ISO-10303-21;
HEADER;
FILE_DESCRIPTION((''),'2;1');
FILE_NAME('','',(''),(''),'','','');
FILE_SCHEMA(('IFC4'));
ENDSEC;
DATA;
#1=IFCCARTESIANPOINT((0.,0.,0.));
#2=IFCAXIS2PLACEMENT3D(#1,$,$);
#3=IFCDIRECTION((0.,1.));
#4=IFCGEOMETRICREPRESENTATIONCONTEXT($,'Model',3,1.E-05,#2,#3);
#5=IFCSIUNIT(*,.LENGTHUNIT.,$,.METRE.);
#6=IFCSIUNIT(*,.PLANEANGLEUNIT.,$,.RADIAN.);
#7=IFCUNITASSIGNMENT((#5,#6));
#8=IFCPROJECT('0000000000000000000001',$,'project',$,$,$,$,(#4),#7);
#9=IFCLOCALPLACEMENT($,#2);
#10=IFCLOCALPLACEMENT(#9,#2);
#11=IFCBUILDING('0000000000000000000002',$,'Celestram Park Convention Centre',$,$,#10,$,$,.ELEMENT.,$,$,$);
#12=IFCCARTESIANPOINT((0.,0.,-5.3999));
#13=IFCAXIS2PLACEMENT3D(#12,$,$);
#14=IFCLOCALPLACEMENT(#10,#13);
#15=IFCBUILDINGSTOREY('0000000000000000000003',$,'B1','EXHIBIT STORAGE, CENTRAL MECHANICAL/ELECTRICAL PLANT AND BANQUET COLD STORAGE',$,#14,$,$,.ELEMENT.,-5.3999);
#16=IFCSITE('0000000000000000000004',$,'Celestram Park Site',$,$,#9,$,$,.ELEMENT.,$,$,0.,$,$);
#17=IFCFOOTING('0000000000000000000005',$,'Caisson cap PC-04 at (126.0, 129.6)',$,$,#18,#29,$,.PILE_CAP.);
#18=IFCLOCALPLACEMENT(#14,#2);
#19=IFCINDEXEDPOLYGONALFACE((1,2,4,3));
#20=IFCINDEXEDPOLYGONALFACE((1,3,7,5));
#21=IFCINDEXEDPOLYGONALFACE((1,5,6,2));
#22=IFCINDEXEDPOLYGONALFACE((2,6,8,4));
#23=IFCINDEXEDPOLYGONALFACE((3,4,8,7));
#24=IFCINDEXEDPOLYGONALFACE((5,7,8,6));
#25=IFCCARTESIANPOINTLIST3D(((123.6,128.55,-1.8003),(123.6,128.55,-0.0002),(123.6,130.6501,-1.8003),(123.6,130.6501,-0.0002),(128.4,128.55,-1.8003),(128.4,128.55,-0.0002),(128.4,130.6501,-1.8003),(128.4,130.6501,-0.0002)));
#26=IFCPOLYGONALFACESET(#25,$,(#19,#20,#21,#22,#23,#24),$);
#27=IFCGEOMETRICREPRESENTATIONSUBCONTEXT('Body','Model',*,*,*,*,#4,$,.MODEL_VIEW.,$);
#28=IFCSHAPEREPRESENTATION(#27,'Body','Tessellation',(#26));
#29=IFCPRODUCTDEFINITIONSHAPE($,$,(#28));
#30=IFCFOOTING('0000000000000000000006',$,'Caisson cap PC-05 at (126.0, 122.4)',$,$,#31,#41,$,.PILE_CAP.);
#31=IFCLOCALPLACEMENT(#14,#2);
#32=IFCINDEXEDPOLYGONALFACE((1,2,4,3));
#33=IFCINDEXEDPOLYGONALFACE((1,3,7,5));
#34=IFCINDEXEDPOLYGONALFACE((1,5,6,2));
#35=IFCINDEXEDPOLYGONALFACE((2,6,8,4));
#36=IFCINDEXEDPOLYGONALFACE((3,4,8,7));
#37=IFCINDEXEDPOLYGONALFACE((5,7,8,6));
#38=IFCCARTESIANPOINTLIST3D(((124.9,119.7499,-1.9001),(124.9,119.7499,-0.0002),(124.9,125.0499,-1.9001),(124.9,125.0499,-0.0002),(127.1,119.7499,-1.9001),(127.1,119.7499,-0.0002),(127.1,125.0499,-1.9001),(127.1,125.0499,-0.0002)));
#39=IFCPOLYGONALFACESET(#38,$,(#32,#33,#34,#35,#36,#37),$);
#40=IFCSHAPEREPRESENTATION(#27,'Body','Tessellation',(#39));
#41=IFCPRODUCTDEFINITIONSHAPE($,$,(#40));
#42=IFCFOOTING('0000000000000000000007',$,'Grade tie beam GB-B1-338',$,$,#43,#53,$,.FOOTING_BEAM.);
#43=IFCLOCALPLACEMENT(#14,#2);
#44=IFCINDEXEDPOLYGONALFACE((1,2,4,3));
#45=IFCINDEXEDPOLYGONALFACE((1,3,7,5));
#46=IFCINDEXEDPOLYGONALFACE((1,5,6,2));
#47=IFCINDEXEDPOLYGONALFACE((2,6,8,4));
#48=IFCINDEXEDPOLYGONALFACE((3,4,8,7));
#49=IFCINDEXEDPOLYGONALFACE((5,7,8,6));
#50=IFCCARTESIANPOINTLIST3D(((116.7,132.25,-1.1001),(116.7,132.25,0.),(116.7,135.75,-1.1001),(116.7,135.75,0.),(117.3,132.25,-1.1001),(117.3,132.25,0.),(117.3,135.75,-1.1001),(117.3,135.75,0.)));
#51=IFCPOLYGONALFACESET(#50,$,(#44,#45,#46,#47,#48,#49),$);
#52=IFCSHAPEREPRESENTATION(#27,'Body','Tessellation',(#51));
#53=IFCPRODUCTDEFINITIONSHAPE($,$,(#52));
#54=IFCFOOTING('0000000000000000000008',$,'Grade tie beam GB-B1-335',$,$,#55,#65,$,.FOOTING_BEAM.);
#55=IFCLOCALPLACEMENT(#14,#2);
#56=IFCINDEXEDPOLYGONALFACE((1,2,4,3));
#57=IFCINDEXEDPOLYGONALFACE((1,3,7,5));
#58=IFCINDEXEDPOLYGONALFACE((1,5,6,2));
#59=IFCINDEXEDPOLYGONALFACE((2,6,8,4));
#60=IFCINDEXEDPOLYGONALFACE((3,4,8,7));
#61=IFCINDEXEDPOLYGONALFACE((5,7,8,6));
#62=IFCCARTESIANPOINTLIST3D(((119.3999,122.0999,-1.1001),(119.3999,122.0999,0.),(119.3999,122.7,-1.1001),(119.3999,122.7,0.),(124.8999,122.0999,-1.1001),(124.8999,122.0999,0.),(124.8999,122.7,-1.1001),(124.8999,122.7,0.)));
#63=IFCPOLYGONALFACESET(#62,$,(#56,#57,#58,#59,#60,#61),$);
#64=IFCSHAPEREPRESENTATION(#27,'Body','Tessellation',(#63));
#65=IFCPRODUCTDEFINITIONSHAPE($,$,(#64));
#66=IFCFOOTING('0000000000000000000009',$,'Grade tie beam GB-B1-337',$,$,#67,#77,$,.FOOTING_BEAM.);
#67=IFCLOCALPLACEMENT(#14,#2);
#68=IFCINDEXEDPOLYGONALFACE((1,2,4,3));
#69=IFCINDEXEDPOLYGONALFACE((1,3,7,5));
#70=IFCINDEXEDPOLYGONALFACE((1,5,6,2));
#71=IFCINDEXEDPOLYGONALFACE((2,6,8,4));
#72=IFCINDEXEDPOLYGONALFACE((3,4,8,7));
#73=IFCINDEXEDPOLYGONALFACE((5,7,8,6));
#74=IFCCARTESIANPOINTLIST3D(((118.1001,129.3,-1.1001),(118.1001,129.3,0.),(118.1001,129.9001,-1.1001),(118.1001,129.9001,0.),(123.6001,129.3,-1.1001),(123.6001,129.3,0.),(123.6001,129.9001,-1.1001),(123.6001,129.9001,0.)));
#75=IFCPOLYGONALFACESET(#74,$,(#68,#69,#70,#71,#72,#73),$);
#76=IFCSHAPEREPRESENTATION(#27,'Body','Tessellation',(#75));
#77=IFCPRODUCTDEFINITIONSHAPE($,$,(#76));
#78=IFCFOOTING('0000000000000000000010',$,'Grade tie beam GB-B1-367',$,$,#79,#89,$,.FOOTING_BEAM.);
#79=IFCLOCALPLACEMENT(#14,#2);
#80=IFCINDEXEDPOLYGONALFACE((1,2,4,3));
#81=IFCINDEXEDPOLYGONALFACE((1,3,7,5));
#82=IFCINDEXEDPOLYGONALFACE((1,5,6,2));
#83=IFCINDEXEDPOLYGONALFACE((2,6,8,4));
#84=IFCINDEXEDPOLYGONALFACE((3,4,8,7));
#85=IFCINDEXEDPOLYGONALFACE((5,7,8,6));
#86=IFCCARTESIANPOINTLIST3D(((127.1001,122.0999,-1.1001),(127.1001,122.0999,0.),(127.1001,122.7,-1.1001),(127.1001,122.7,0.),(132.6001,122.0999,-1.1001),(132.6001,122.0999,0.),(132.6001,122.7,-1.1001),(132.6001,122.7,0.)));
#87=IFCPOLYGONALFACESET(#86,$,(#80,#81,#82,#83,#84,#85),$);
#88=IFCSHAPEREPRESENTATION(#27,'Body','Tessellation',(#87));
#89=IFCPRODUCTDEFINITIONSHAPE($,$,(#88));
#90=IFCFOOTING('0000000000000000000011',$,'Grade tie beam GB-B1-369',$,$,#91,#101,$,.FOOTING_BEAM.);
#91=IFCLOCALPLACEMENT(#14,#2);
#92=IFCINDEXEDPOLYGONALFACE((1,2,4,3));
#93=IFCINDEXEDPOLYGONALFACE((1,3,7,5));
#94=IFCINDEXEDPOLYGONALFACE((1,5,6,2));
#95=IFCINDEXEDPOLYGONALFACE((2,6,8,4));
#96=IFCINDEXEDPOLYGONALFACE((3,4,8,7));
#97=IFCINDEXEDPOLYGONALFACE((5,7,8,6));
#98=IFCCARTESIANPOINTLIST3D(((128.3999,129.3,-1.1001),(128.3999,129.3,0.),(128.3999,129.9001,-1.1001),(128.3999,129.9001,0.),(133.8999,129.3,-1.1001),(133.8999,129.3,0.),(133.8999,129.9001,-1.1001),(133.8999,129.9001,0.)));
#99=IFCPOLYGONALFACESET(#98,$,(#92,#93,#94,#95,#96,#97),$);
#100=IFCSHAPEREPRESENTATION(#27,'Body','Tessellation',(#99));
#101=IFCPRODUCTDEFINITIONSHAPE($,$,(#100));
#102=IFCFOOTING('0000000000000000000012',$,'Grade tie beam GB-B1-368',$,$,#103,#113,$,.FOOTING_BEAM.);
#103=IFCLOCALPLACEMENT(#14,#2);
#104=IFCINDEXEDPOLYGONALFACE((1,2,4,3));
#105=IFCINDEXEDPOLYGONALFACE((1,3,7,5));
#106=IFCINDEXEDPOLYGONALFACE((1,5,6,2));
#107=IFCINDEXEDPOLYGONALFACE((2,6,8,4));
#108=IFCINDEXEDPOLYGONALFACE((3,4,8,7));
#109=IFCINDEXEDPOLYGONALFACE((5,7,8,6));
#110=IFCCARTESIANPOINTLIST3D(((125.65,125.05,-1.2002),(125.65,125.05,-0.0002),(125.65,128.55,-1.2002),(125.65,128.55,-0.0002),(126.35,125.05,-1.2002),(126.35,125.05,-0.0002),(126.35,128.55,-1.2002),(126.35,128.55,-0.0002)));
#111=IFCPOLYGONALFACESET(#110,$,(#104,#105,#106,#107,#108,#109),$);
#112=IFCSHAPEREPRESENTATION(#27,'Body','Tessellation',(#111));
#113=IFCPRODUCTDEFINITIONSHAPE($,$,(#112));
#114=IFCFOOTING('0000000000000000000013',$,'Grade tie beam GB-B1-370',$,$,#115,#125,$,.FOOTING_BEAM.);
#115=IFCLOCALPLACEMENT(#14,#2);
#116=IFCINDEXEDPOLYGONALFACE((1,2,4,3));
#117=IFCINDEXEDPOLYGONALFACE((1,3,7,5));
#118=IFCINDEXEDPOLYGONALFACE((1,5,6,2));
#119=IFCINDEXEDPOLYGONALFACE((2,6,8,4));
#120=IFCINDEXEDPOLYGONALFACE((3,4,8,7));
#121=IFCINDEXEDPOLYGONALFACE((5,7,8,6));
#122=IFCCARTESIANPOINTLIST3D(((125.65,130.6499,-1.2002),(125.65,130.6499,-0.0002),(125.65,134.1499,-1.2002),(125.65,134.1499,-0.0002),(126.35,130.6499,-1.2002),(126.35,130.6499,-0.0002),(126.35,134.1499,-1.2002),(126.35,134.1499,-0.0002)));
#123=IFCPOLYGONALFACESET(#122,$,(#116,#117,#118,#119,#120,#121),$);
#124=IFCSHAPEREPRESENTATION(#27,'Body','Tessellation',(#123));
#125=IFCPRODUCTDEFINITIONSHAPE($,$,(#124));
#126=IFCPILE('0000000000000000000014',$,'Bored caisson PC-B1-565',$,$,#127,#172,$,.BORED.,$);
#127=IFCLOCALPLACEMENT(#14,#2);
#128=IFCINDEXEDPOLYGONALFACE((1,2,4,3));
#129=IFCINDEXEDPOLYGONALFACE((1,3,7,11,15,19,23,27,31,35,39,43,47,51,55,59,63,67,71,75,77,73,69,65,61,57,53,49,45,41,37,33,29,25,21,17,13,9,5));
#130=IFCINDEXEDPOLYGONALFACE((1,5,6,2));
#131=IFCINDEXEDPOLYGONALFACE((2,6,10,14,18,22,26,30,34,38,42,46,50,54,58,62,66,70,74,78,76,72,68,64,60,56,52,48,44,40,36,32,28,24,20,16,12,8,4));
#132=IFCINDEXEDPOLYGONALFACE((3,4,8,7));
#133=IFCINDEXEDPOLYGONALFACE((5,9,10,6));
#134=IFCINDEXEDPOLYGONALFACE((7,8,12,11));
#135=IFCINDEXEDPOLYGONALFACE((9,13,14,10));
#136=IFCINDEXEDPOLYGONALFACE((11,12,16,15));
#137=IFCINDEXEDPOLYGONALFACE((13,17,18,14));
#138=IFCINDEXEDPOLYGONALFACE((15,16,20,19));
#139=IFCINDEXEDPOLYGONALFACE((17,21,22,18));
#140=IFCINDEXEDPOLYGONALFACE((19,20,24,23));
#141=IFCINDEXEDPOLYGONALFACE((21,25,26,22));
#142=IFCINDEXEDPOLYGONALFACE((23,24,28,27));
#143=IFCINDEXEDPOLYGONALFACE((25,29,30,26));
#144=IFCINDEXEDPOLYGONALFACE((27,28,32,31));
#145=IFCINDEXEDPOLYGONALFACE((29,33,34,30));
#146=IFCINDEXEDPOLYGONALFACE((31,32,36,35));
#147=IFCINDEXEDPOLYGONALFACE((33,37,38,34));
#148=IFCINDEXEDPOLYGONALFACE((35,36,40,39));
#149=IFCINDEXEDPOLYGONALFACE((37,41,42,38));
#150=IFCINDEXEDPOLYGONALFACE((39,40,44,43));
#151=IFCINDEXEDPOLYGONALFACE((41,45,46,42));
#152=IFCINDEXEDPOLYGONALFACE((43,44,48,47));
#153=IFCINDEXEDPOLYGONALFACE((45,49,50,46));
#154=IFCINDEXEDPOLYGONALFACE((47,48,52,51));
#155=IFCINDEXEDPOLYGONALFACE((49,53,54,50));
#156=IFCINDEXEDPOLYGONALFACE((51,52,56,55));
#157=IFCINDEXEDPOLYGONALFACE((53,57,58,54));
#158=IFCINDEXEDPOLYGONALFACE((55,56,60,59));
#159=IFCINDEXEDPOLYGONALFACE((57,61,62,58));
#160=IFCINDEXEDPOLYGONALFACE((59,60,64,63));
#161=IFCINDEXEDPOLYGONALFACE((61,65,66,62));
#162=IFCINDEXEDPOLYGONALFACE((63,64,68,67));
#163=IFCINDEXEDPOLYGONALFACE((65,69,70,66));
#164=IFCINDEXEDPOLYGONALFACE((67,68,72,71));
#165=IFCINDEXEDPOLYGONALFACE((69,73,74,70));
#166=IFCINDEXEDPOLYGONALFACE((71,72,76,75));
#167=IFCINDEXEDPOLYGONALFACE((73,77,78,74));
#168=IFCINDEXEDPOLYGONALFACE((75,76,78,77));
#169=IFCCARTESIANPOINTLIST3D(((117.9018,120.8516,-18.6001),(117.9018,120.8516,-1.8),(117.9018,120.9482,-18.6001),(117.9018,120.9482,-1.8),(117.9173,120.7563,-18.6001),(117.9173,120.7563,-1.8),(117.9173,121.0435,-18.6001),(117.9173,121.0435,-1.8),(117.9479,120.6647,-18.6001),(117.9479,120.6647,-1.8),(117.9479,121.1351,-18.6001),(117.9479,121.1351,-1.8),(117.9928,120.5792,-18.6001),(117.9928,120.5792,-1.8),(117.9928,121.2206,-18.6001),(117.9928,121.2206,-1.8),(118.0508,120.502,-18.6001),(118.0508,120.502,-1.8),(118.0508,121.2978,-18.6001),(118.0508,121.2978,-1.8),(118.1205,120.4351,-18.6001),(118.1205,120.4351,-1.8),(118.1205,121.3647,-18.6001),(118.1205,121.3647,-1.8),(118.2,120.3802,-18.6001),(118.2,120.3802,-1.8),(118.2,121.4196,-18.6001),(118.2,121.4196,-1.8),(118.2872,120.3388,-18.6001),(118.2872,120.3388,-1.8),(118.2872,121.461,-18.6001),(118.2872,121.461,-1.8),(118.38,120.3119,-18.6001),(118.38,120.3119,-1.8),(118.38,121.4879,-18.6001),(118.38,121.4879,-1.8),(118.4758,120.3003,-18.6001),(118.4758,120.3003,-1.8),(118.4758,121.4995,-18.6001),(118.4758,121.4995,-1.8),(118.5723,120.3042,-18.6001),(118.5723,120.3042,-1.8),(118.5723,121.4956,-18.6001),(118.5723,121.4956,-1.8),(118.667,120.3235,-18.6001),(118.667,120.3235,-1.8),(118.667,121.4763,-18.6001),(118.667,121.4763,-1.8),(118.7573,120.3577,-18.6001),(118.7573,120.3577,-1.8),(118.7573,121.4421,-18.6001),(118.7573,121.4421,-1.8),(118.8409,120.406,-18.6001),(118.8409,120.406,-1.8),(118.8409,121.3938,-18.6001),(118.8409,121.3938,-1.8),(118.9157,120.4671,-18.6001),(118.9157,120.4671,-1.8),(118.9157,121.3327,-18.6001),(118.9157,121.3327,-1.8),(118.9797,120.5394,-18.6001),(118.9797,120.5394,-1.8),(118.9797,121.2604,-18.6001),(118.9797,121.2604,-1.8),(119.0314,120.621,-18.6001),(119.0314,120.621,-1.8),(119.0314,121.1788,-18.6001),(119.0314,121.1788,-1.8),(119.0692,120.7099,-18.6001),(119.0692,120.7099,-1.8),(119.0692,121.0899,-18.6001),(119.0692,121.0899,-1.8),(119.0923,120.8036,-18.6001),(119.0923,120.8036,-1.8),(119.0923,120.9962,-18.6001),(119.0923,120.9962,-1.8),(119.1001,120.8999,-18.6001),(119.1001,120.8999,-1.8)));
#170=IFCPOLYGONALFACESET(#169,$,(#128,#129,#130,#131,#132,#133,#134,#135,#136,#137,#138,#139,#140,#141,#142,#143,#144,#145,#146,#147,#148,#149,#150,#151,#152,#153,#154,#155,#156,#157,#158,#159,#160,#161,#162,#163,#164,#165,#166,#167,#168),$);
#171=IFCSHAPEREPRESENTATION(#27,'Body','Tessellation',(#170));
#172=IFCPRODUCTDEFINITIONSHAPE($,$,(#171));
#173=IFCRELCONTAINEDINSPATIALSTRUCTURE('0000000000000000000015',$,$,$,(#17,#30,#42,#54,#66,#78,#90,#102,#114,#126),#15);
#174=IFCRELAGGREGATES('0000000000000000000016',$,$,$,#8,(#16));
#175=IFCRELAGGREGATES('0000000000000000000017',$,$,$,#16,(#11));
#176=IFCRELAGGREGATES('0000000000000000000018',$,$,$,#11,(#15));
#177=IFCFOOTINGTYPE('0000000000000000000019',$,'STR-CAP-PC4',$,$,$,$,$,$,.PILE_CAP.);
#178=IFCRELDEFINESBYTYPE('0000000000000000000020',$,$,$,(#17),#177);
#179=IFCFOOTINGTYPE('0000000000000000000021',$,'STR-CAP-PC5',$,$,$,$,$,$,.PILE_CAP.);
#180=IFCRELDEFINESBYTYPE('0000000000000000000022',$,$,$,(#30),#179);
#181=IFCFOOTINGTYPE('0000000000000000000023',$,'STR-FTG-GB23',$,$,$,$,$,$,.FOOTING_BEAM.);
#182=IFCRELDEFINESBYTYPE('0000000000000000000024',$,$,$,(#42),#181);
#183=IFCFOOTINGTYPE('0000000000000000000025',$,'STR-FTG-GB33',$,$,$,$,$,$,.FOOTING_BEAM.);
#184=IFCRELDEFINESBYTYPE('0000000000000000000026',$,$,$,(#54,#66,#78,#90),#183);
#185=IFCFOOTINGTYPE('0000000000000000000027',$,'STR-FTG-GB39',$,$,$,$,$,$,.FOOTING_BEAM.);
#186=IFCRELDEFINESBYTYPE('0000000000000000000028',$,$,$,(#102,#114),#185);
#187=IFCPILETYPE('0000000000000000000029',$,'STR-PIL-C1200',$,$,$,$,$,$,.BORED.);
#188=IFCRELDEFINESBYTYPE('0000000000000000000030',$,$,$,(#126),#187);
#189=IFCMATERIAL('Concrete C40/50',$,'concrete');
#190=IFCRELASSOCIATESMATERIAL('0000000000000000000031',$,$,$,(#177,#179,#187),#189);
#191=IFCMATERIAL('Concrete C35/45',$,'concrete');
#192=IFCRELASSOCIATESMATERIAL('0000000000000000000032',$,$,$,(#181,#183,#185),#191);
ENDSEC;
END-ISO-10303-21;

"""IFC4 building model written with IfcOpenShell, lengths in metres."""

from ifc_helpers import new_model, si_unit, direction, frame, origin, origin_2d, place, context, subcontext, project, spatial, rectangle, circle, extrude, material, material_profile, profile_set, type_object, element, save


model = new_model("IFC4")

# Units and contexts
model_context = context("Model", 3, precision=1e-05, world=origin(), true_north=direction((0.0, 1.0)))
body_context = subcontext(model_context, "Body", "Model", "MODEL_VIEW")
ifc_project = project(units=[si_unit("LENGTHUNIT", "METRE"), si_unit("PLANEANGLEUNIT", "RADIAN")], contexts=[model_context])

# Site, building, storey
site_placement = place(None, origin())
site = spatial("IfcSite", under=ifc_project, at=site_placement, Name="Celestram Park Site", CompositionType="ELEMENT", RefElevation=0.0)
building_placement = place(site_placement, origin())
building = spatial("IfcBuilding", under=site, at=building_placement, Name="Celestram Park Convention Centre", CompositionType="ELEMENT")
storey_placement = place(building_placement, frame((0.0, 0.0, -5.3999)))
storey = spatial("IfcBuildingStorey", under=building, at=storey_placement, Name="B1", Description="EXHIBIT STORAGE, CENTRAL MECHANICAL/ELECTRICAL PLANT AND BANQUET COLD STORAGE", CompositionType="ELEMENT", Elevation=-5.3999)

# Footings
ifc_material_1 = material(Name="Concrete C40/50", Category="concrete")
footing_type_1 = type_object("IfcFootingType", Name="STR-CAP-PC4", PredefinedType="PILE_CAP", material=ifc_material_1)
footing_1_placement = place(storey_placement, frame((126.0, 129.6001, -1.8003), z_axis=(0.0, 0.0, 1.0), x_axis=(1.0, 0.0, 0.0)))
element("IfcFooting", 1, at=footing_1_placement, inside=storey, type_object=footing_type_1, Name="Caisson cap PC-04 at (126.0, 129.6)", PredefinedType="PILE_CAP", context=body_context, shape_type="SweptSolid", body=[
    extrude(rectangle(XDim=4.8, YDim=2.1001, at=origin_2d()), origin(), (0.0, 0.0, 1.0), 1.8),
])
footing_type_2 = type_object("IfcFootingType", Name="STR-CAP-PC5", PredefinedType="PILE_CAP", material=ifc_material_1)
footing_2_placement = place(storey_placement, frame((126.0, 122.3999, -1.9001), z_axis=(0.0, 0.0, 1.0), x_axis=(1.0, 0.0, 0.0)))
element("IfcFooting", 2, at=footing_2_placement, inside=storey, type_object=footing_type_2, Name="Caisson cap PC-05 at (126.0, 122.4)", PredefinedType="PILE_CAP", context=body_context, shape_type="SweptSolid", body=[
    extrude(rectangle(XDim=2.2, YDim=5.3, at=origin_2d()), origin(), (0.0, 0.0, 1.0), 1.8999),
])
ifc_material_2 = material(Name="Concrete C35/45", Category="concrete")
footing_type_3 = type_object("IfcFootingType", Name="STR-FTG-GB23", PredefinedType="FOOTING_BEAM", material=ifc_material_2)
footing_3_placement = place(storey_placement, frame((117.0, 134.0, -1.1001), z_axis=(0.0, 0.0, 1.0), x_axis=(0.0, 1.0, 0.0)))
element("IfcFooting", 3, at=footing_3_placement, inside=storey, type_object=footing_type_3, Name="Grade tie beam GB-B1-338", PredefinedType="FOOTING_BEAM", context=body_context, shape_type="SweptSolid", body=[
    extrude(rectangle(XDim=3.5, YDim=0.6001, at=origin_2d()), origin(), (0.0, 0.0, 1.0), 1.1001),
])
footing_type_4 = type_object("IfcFootingType", Name="STR-FTG-GB33", PredefinedType="FOOTING_BEAM", material=ifc_material_2)
for number, where, z_axis, x_axis, name in (
    (4, (122.1499, 122.3999, -1.1001), (0.0, 0.0, 1.0), (1.0, 0.0, 0.0), "Grade tie beam GB-B1-335"),
    (5, (120.8501, 129.6001, -1.1001), (0.0, 0.0, 1.0), (1.0, 0.0, 0.0), "Grade tie beam GB-B1-337"),
    (6, (129.8501, 122.3999, -1.1001), (0.0, 0.0, 1.0), (1.0, 0.0, 0.0), "Grade tie beam GB-B1-367"),
    (7, (131.1499, 129.6001, -1.1001), (0.0, 0.0, 1.0), (1.0, 0.0, 0.0), "Grade tie beam GB-B1-369"),
):
    element("IfcFooting", number, at=place(storey_placement, frame(where, z_axis=z_axis, x_axis=x_axis)), inside=storey, type_object=footing_type_4, Name=name, PredefinedType="FOOTING_BEAM", context=body_context, shape_type="SweptSolid", body=[
        extrude(rectangle(XDim=5.5, YDim=0.6001, at=origin_2d()), origin(), (0.0, 0.0, 1.0), 1.1001),
    ])
footing_type_5 = type_object("IfcFootingType", Name="STR-FTG-GB39", PredefinedType="FOOTING_BEAM", material=ifc_material_2)
for number, where, z_axis, x_axis, name in (
    (8, (126.0, 126.8, -1.2002), (0.0, 0.0, 1.0), (0.0, 1.0, 0.0), "Grade tie beam GB-B1-368"),
    (9, (126.0, 132.3999, -1.2002), (0.0, 0.0, 1.0), (0.0, 1.0, 0.0), "Grade tie beam GB-B1-370"),
):
    element("IfcFooting", number, at=place(storey_placement, frame(where, z_axis=z_axis, x_axis=x_axis)), inside=storey, type_object=footing_type_5, Name=name, PredefinedType="FOOTING_BEAM", context=body_context, shape_type="SweptSolid", body=[
        extrude(rectangle(XDim=3.5, YDim=0.7, at=origin_2d()), origin(), (0.0, 0.0, 1.0), 1.2),
    ])

# Pile
ifc_material_profile_1 = material_profile(ifc_material_1, circle(Radius=0.6001, at=origin_2d()), Name="CAISSON1200")
ifc_profile_set_1 = profile_set([ifc_material_profile_1], Name="Concrete C40/50")
pile_type_1 = type_object("IfcPileType", Name="STR-PIL-C1200", PredefinedType="BORED", material=ifc_profile_set_1)
for number, where, z_axis, x_axis, name in (
    (10, (118.5, 120.8999, -1.8), (0.0, 0.0, -1.0), (1.0, 0.0, 0.0), "Bored caisson PC-B1-565"),
):
    element("IfcPile", number, at=place(storey_placement, frame(where, z_axis=z_axis, x_axis=x_axis)), inside=storey, type_object=pile_type_1, Name=name, PredefinedType="BORED", context=body_context, shape_type="SweptSolid", body=[
        extrude(circle(Radius=0.6001, at=origin_2d()), origin(), (0.0, 0.0, 1.0), 16.8),
    ])

save(model, "model.ifc")
